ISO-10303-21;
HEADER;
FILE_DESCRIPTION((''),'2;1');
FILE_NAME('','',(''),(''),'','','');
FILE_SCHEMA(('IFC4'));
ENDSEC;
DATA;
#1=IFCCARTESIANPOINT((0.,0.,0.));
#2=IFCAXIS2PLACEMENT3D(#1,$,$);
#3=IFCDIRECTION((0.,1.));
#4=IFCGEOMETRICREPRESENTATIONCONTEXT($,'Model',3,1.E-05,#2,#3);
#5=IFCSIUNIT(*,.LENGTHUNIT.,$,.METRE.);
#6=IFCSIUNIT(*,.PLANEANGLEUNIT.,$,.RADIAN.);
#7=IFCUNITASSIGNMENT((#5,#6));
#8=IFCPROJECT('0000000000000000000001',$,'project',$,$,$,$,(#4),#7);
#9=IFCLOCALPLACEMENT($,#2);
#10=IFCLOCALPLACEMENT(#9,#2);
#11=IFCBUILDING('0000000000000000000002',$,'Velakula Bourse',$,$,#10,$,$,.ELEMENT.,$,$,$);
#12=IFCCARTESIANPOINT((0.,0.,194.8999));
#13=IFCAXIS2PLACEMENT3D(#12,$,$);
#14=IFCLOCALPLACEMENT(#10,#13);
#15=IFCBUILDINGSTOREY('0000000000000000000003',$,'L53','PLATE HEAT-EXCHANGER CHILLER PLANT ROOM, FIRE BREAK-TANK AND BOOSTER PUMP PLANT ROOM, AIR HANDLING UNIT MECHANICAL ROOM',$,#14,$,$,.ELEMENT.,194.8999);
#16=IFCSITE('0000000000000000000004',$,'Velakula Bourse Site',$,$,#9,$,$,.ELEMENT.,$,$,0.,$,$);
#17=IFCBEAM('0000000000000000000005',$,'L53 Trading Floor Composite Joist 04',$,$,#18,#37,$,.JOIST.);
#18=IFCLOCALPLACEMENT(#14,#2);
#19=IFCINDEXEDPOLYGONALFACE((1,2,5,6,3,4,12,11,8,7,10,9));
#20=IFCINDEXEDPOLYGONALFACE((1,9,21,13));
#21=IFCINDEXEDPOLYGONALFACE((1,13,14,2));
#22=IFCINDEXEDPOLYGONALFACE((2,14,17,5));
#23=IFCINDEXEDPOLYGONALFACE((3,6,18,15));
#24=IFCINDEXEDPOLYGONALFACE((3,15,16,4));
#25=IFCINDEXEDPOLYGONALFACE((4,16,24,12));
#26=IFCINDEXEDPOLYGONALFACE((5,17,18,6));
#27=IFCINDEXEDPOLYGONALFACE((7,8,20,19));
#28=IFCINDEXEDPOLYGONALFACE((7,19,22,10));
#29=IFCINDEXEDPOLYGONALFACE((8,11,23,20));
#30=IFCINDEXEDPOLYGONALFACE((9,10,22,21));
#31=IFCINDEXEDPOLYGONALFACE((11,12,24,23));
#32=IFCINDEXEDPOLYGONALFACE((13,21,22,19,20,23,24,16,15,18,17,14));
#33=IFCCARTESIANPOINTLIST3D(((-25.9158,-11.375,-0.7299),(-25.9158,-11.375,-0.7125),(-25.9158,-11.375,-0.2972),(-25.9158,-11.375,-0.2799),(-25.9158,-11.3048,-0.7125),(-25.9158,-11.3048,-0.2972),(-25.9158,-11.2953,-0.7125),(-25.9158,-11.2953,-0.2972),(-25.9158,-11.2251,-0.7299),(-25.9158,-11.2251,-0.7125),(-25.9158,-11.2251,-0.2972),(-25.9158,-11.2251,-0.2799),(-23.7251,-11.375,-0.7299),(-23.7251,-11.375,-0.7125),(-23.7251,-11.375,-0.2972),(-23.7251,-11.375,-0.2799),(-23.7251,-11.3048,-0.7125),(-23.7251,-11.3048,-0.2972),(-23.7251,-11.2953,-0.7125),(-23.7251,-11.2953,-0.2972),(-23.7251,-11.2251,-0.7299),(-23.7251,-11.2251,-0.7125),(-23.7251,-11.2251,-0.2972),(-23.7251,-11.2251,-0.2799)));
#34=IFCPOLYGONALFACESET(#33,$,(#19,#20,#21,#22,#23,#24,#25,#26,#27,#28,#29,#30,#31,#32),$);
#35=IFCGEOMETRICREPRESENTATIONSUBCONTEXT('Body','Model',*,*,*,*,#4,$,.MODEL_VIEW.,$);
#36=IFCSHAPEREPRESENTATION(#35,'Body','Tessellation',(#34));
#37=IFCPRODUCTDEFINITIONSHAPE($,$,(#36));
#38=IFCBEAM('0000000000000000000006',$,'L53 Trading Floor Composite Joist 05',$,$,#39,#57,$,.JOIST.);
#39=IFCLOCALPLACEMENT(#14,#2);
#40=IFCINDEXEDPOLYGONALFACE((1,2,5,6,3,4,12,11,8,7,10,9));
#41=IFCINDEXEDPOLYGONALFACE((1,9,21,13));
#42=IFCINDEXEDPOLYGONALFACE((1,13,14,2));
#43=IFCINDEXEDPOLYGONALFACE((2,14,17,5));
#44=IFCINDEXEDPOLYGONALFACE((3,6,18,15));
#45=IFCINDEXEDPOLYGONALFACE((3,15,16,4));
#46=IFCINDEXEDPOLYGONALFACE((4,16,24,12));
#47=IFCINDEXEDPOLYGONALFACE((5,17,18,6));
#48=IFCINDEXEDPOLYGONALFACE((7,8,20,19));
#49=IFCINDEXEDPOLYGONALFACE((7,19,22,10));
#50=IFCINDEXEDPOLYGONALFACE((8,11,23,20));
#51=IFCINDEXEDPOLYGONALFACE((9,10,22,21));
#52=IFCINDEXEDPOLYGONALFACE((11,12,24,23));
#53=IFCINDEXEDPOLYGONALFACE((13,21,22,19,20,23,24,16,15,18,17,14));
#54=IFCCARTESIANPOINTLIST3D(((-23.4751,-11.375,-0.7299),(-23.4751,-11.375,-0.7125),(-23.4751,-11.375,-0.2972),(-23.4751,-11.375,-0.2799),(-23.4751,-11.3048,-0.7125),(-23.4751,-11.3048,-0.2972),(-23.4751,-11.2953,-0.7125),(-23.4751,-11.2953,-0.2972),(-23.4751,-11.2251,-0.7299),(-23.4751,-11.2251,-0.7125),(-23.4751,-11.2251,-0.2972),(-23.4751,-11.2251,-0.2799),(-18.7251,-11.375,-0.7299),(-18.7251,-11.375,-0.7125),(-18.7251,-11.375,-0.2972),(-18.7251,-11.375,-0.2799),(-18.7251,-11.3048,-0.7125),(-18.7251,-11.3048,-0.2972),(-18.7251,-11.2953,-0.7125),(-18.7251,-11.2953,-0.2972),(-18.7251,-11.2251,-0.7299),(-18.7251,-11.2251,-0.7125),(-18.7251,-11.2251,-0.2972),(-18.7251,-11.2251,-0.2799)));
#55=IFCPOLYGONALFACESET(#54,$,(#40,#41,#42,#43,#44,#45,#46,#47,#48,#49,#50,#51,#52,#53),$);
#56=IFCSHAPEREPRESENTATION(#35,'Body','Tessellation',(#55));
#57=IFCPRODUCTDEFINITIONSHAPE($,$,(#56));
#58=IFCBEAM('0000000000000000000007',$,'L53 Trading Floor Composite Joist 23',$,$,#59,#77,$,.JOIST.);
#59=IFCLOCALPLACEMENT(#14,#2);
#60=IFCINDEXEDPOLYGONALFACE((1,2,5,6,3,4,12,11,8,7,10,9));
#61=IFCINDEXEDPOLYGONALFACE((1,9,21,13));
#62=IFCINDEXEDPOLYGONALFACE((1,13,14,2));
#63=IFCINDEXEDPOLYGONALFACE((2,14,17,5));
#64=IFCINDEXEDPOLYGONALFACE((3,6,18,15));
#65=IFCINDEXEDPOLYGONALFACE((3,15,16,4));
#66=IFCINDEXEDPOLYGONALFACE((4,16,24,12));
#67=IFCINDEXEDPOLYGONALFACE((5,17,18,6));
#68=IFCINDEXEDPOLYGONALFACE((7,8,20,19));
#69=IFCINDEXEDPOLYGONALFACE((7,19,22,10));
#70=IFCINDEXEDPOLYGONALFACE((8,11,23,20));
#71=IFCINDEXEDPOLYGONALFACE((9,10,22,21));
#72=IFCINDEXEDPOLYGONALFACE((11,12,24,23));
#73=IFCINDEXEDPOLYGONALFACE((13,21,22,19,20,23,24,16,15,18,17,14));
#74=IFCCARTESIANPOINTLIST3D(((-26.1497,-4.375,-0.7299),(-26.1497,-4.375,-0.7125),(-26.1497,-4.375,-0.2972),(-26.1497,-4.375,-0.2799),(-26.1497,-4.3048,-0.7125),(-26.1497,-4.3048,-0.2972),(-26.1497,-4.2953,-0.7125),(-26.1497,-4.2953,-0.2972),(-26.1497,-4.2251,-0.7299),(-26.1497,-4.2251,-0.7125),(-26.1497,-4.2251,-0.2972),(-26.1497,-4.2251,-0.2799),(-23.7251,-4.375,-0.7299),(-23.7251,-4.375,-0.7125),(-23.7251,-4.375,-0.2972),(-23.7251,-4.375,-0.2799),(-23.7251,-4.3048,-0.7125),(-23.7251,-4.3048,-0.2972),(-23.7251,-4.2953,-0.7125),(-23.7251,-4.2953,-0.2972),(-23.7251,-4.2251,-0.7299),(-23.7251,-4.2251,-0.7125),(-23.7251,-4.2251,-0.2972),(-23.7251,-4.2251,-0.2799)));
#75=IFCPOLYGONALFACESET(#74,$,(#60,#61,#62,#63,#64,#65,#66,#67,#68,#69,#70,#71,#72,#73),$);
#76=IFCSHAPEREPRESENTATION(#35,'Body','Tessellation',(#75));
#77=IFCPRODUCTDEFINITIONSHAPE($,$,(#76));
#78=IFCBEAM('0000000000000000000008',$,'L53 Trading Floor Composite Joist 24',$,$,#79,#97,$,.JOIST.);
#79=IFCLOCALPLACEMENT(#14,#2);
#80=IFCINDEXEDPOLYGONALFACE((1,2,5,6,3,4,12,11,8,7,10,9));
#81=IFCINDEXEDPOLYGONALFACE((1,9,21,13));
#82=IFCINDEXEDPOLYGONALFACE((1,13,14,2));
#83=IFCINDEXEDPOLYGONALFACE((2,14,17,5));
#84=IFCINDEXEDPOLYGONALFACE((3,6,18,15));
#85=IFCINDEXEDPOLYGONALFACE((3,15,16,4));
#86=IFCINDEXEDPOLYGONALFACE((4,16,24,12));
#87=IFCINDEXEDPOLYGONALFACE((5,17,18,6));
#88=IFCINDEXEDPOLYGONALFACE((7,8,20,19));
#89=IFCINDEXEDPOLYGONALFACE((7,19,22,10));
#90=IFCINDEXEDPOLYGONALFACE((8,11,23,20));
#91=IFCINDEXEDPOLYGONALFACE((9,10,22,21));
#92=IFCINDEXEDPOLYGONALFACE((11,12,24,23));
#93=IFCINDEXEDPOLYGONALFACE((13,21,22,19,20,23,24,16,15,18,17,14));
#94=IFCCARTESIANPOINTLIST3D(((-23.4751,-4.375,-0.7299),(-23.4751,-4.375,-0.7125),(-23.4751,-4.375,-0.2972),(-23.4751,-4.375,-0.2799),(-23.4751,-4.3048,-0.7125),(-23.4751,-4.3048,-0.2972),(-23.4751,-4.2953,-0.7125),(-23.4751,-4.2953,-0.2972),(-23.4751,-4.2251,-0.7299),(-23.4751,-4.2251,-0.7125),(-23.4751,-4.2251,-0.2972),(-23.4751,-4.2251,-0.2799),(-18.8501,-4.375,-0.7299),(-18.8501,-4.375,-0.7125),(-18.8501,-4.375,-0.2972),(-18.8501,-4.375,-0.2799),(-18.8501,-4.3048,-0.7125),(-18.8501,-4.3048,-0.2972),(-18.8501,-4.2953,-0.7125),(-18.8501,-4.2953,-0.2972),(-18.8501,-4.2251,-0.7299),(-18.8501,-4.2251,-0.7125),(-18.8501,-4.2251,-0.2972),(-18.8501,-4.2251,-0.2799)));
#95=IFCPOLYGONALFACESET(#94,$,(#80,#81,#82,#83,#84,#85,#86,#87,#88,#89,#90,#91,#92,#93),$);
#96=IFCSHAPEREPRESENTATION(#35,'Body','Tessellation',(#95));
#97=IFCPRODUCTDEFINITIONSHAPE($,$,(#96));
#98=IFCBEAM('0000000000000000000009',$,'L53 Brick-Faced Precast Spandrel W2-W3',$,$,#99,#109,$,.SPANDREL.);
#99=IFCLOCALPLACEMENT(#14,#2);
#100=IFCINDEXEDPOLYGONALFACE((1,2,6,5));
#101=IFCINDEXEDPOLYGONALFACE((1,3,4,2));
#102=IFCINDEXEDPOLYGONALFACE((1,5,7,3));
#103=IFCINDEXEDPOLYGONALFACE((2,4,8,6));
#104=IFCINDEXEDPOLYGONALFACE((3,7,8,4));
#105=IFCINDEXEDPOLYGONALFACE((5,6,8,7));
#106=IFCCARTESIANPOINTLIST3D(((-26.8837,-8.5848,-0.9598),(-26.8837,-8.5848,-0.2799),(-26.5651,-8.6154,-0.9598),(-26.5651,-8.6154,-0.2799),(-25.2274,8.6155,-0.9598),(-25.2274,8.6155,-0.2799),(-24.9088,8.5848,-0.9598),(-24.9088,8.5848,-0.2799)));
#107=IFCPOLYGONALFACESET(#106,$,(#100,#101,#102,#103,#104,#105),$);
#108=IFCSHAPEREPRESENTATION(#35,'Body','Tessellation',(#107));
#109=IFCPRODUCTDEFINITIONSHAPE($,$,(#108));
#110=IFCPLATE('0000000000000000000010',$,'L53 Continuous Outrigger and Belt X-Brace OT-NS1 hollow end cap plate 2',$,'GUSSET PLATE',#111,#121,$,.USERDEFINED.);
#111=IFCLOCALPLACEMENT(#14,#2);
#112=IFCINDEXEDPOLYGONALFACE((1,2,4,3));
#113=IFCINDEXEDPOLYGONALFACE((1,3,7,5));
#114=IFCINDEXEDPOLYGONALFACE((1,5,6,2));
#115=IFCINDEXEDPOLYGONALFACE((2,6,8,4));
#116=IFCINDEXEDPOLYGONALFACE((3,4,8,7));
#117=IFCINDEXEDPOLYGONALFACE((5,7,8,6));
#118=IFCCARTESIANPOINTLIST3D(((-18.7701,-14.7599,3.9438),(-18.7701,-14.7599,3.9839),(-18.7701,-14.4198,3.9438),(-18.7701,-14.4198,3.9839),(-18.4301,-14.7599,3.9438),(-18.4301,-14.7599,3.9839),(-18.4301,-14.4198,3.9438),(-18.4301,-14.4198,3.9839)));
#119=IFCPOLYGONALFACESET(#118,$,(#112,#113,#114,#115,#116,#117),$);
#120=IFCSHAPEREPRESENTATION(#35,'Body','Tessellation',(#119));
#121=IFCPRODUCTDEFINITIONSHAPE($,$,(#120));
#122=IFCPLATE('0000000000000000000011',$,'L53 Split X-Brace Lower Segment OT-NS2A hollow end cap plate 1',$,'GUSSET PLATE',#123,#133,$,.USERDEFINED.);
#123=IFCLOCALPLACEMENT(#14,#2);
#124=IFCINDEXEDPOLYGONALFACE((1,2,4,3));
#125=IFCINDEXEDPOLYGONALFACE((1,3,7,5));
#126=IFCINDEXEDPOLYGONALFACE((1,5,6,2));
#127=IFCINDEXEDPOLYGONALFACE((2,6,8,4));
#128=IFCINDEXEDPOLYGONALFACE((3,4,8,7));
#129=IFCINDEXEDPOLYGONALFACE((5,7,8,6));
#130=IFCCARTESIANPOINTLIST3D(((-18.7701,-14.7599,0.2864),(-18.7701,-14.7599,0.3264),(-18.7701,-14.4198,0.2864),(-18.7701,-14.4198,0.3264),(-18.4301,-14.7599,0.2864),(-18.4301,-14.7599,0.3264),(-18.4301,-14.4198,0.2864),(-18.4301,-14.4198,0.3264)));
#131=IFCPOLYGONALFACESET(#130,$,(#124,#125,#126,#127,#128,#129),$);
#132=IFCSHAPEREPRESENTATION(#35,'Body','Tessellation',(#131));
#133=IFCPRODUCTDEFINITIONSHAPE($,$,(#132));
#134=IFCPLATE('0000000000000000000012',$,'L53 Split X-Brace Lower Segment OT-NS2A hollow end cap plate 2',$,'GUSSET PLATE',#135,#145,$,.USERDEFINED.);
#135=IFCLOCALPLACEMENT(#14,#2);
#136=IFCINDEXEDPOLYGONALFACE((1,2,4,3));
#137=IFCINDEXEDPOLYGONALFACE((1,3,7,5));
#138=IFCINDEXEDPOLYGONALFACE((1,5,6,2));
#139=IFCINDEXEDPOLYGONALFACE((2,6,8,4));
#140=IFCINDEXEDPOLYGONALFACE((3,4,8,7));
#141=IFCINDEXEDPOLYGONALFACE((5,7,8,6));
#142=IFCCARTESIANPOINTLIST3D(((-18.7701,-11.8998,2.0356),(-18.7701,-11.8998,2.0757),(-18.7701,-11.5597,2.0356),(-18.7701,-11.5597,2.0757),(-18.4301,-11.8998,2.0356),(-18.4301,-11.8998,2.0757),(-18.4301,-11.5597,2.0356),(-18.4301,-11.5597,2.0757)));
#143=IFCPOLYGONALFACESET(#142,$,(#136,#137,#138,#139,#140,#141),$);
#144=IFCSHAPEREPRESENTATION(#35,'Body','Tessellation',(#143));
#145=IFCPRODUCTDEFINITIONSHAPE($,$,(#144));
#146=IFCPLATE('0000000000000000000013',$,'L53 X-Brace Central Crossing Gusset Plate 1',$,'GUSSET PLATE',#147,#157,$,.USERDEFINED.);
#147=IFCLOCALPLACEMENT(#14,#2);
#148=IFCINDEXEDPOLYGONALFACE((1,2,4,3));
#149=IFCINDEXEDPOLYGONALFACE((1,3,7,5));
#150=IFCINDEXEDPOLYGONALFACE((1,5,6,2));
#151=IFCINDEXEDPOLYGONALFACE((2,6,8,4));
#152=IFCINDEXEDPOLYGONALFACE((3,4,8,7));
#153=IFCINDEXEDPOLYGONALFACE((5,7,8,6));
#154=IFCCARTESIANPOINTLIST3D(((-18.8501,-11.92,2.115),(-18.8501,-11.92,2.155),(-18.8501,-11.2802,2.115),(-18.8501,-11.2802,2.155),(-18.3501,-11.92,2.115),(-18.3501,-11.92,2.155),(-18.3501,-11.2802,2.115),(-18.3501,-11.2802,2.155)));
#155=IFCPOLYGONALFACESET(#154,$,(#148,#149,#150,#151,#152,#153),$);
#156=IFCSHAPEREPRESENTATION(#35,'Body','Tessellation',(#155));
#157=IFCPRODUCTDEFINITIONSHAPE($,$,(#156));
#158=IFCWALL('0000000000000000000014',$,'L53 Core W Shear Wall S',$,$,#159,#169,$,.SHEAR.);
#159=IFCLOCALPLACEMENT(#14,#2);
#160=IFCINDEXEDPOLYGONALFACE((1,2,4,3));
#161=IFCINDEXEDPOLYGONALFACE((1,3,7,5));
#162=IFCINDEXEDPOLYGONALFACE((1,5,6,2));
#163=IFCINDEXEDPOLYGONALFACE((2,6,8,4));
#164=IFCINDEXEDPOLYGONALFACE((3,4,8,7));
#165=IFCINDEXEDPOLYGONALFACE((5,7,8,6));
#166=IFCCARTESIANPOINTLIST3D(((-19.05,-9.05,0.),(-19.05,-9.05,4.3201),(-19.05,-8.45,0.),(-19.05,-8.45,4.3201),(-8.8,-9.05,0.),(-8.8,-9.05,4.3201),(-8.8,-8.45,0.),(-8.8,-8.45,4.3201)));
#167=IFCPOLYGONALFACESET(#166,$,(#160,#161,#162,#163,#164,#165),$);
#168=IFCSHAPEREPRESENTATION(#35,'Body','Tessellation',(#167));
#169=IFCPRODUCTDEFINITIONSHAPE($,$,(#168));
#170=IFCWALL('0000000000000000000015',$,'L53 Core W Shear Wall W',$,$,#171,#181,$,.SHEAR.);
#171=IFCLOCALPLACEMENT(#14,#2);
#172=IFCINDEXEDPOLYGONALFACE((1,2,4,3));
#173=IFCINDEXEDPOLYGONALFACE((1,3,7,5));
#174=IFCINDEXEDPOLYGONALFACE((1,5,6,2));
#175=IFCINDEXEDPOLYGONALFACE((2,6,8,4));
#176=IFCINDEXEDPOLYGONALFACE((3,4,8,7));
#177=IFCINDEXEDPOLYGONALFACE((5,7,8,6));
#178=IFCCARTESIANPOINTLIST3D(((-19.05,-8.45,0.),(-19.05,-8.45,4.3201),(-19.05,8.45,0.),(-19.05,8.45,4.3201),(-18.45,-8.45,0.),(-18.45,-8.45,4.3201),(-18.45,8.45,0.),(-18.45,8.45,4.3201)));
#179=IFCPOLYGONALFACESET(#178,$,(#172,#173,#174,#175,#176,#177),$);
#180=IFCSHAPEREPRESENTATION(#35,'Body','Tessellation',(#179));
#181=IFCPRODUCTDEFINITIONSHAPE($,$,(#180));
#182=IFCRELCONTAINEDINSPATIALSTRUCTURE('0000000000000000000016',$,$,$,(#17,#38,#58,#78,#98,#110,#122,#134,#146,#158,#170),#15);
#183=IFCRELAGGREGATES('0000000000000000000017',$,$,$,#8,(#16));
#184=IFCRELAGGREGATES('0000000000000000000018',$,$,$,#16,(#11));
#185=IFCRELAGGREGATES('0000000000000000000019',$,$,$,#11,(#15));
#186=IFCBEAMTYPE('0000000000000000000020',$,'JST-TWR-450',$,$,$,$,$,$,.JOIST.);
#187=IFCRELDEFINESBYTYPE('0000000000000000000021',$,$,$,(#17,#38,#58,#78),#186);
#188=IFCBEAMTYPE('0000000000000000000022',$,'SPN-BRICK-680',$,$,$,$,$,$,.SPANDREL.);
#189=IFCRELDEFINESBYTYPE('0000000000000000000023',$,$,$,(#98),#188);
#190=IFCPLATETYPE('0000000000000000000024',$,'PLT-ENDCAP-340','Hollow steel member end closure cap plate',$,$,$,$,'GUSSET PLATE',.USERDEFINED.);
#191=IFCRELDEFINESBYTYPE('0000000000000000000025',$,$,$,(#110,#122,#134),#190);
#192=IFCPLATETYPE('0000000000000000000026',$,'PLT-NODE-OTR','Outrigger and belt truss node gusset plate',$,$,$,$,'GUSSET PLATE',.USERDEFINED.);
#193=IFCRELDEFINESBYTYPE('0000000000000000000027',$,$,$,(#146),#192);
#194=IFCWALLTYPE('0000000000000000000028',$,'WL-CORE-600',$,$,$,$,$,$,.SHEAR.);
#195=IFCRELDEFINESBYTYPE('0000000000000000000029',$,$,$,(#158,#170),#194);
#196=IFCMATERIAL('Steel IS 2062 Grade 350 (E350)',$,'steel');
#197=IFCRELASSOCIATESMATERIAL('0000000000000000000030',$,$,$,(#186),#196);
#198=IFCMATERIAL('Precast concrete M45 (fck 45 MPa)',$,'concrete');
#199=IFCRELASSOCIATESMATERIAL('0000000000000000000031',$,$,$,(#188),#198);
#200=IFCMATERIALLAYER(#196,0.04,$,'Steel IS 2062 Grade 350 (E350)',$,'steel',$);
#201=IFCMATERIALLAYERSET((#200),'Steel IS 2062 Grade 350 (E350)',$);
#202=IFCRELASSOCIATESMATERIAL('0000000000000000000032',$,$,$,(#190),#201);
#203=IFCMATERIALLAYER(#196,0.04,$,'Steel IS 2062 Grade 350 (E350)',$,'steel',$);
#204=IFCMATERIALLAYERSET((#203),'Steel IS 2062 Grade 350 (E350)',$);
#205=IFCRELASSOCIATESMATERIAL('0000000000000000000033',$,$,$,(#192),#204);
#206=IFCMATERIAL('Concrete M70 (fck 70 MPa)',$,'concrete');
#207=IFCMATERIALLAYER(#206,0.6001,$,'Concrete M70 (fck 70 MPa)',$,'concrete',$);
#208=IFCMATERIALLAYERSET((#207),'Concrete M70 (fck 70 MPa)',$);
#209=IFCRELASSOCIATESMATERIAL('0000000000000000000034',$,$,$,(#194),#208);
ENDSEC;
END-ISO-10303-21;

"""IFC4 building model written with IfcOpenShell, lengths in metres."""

from ifc_helpers import new_model, si_unit, direction, frame, frame_2d, origin, origin_2d, place, context, subcontext, project, spatial, rectangle, i_section, extrude, material, layer, layer_set, material_profile, profile_set, type_object, element, save


model = new_model("IFC4")

# Units and contexts
model_context = context("Model", 3, precision=1e-05, world=origin(), true_north=direction((0.0, 1.0)))
body_context = subcontext(model_context, "Body", "Model", "MODEL_VIEW")
ifc_project = project(units=[si_unit("LENGTHUNIT", "METRE"), si_unit("PLANEANGLEUNIT", "RADIAN")], contexts=[model_context])

# Site, building, storey
site_placement = place(None, origin())
site = spatial("IfcSite", under=ifc_project, at=site_placement, Name="Velakula Bourse Site", CompositionType="ELEMENT", RefElevation=0.0)
building_placement = place(site_placement, origin())
building = spatial("IfcBuilding", under=site, at=building_placement, Name="Velakula Bourse", CompositionType="ELEMENT")
storey_placement = place(building_placement, frame((0.0, 0.0, 194.8999)))
storey = spatial("IfcBuildingStorey", under=building, at=storey_placement, Name="L53", Description="PLATE HEAT-EXCHANGER CHILLER PLANT ROOM, FIRE BREAK-TANK AND BOOSTER PUMP PLANT ROOM, AIR HANDLING UNIT MECHANICAL ROOM", CompositionType="ELEMENT", Elevation=194.8999)

# Shared definitions
ifc_material_1 = material(Name="Steel IS 2062 Grade 350 (E350)", Category="steel")

# Beams
ifc_material_profile_1 = material_profile(ifc_material_1, i_section(OverallWidth=0.1499, OverallDepth=0.45, WebThickness=0.0095, FlangeThickness=0.0173, at=origin_2d()), Name="Steel IS 2062 Grade 350 (E350)")
ifc_profile_set_1 = profile_set([ifc_material_profile_1], Name="Steel IS 2062 Grade 350 (E350)")
beam_type_1 = type_object("IfcBeamType", Name="JST-TWR-450", PredefinedType="JOIST", material=ifc_profile_set_1)
beam_1_placement = place(storey_placement, frame((-25.9158, -11.3, -0.5049), z_axis=(1.0, 0.0, 0.0), x_axis=(0.0, 1.0, 0.0)))
element("IfcBeam", 1, at=beam_1_placement, inside=storey, type_object=beam_type_1, Name="L53 Trading Floor Composite Joist 04", PredefinedType="JOIST", context=body_context, shape_type="SweptSolid", body=[
    extrude(i_section(OverallWidth=0.1499, OverallDepth=0.45, WebThickness=0.0095, FlangeThickness=0.0173, at=origin_2d()), origin(), (0.0, 0.0, 1.0), 2.1907),
])
beam_2_placement = place(storey_placement, frame((-23.4751, -11.3, -0.5049), z_axis=(1.0, 0.0, 0.0), x_axis=(0.0, 1.0, 0.0)))
element("IfcBeam", 2, at=beam_2_placement, inside=storey, type_object=beam_type_1, Name="L53 Trading Floor Composite Joist 05", PredefinedType="JOIST", context=body_context, shape_type="SweptSolid", body=[
    extrude(i_section(OverallWidth=0.1499, OverallDepth=0.45, WebThickness=0.0095, FlangeThickness=0.0173, at=origin_2d()), origin(), (0.0, 0.0, 1.0), 4.75),
])
beam_3_placement = place(storey_placement, frame((-26.1497, -4.3, -0.5049), z_axis=(1.0, 0.0, 0.0), x_axis=(0.0, 1.0, 0.0)))
element("IfcBeam", 3, at=beam_3_placement, inside=storey, type_object=beam_type_1, Name="L53 Trading Floor Composite Joist 23", PredefinedType="JOIST", context=body_context, shape_type="SweptSolid", body=[
    extrude(i_section(OverallWidth=0.1499, OverallDepth=0.45, WebThickness=0.0095, FlangeThickness=0.0173, at=origin_2d()), origin(), (0.0, 0.0, 1.0), 2.4246),
])
beam_4_placement = place(storey_placement, frame((-23.4751, -4.3, -0.5049), z_axis=(1.0, 0.0, 0.0), x_axis=(0.0, 1.0, 0.0)))
element("IfcBeam", 4, at=beam_4_placement, inside=storey, type_object=beam_type_1, Name="L53 Trading Floor Composite Joist 24", PredefinedType="JOIST", context=body_context, shape_type="SweptSolid", body=[
    extrude(i_section(OverallWidth=0.1499, OverallDepth=0.45, WebThickness=0.0095, FlangeThickness=0.0173, at=origin_2d()), origin(), (0.0, 0.0, 1.0), 4.625),
])
ifc_material_2 = material(Name="Precast concrete M45 (fck 45 MPa)", Category="concrete")
ifc_material_profile_2 = material_profile(ifc_material_2, rectangle(XDim=0.3201, YDim=0.6799, at=origin_2d()), Name="Precast concrete M45 (fck 45 MPa)")
ifc_profile_set_2 = profile_set([ifc_material_profile_2], Name="Precast concrete M45 (fck 45 MPa)")
beam_type_2 = type_object("IfcBeamType", Name="SPN-BRICK-680", PredefinedType="SPANDREL", material=ifc_profile_set_2)
beam_5_placement = place(storey_placement, frame((-26.7244, -8.6001, -0.6199), z_axis=(0.095849, 0.995396, 0.0), x_axis=(-0.995396, 0.095849, 0.0)))
element("IfcBeam", 5, at=beam_5_placement, inside=storey, type_object=beam_type_2, Name="L53 Brick-Faced Precast Spandrel W2-W3", PredefinedType="SPANDREL", context=body_context, shape_type="SweptSolid", body=[
    extrude(rectangle(XDim=0.3201, YDim=0.6799, at=origin_2d()), origin(), (0.0, 0.0, 1.0), 17.2798),
])

# Plates
ifc_layer_1 = layer(ifc_material_1, 0.04, Name="Steel IS 2062 Grade 350 (E350)", Category="steel")
ifc_layer_set_1 = layer_set([ifc_layer_1], Name="Steel IS 2062 Grade 350 (E350)")
plate_type_1 = type_object("IfcPlateType", Name="PLT-ENDCAP-340", Description="Hollow steel member end closure cap plate", ElementType="GUSSET PLATE", PredefinedType="USERDEFINED", material=ifc_layer_set_1)
for number, where, z_axis, x_axis, name in (
    (6, (-18.6001, -14.5898, 3.9438), (0.0, 0.0, 1.0), (0.0, -1.0, 0.0), "L53 Continuous Outrigger and Belt X-Brace OT-NS1 hollow end cap plate 2"),
    (7, (-18.6001, -14.5898, 0.2864), (0.0, 0.0, 1.0), (0.0, 1.0, 0.0), "L53 Split X-Brace Lower Segment OT-NS2A hollow end cap plate 1"),
    (8, (-18.6001, -11.7297, 2.0356), (0.0, 0.0, 1.0), (0.0, 1.0, 0.0), "L53 Split X-Brace Lower Segment OT-NS2A hollow end cap plate 2"),
):
    element("IfcPlate", number, at=place(storey_placement, frame(where, z_axis=z_axis, x_axis=x_axis)), inside=storey, type_object=plate_type_1, Name=name, ObjectType="GUSSET PLATE", PredefinedType="USERDEFINED", context=body_context, shape_type="SweptSolid", body=[
        extrude(rectangle(XDim=0.3401, YDim=0.3401, at=origin_2d()), origin(), (0.0, 0.0, 1.0), 0.04),
    ])
ifc_layer_2 = layer(ifc_material_1, 0.04, Name="Steel IS 2062 Grade 350 (E350)", Category="steel")
ifc_layer_set_2 = layer_set([ifc_layer_2], Name="Steel IS 2062 Grade 350 (E350)")
plate_type_2 = type_object("IfcPlateType", Name="PLT-NODE-OTR", Description="Outrigger and belt truss node gusset plate", ElementType="GUSSET PLATE", PredefinedType="USERDEFINED", material=ifc_layer_set_2)
plate_placement = place(storey_placement, frame((-18.6001, -11.6001, 2.115), z_axis=(0.0, 0.0, 1.0), x_axis=(0.0, -1.0, 0.0)))
element("IfcPlate", 9, at=plate_placement, inside=storey, type_object=plate_type_2, Name="L53 X-Brace Central Crossing Gusset Plate 1", ObjectType="GUSSET PLATE", PredefinedType="USERDEFINED", context=body_context, shape_type="SweptSolid", body=[
    extrude(rectangle(XDim=0.6399, YDim=0.5, at=origin_2d()), origin(), (0.0, 0.0, 1.0), 0.04),
])

# Walls
ifc_material_3 = material(Name="Concrete M70 (fck 70 MPa)", Category="concrete")
ifc_layer_3 = layer(ifc_material_3, 0.6001, Name="Concrete M70 (fck 70 MPa)", Category="concrete")
ifc_layer_set_3 = layer_set([ifc_layer_3], Name="Concrete M70 (fck 70 MPa)")
wall_type_1 = type_object("IfcWallType", Name="WL-CORE-600", PredefinedType="SHEAR", material=ifc_layer_set_3)
wall_1_placement = place(storey_placement, frame((-19.05, -8.75, 0.0), z_axis=(0.0, 0.0, 1.0), x_axis=(1.0, 0.0, 0.0)))
element("IfcWall", 10, at=wall_1_placement, inside=storey, type_object=wall_type_1, Name="L53 Core W Shear Wall S", PredefinedType="SHEAR", context=body_context, shape_type="SweptSolid", body=[
    extrude(rectangle(XDim=10.25, YDim=0.6001, at=frame_2d((5.125, 0.0))), origin(), (0.0, 0.0, 1.0), 4.3201),
])
wall_2_placement = place(storey_placement, frame((-18.75, -8.45, 0.0), z_axis=(0.0, 0.0, 1.0), x_axis=(0.0, 1.0, 0.0)))
element("IfcWall", 11, at=wall_2_placement, inside=storey, type_object=wall_type_1, Name="L53 Core W Shear Wall W", PredefinedType="SHEAR", context=body_context, shape_type="SweptSolid", body=[
    extrude(rectangle(XDim=16.8999, YDim=0.6001, at=frame_2d((8.45, 0.0))), origin(), (0.0, 0.0, 1.0), 4.3201),
])

save(model, "model.ifc")
